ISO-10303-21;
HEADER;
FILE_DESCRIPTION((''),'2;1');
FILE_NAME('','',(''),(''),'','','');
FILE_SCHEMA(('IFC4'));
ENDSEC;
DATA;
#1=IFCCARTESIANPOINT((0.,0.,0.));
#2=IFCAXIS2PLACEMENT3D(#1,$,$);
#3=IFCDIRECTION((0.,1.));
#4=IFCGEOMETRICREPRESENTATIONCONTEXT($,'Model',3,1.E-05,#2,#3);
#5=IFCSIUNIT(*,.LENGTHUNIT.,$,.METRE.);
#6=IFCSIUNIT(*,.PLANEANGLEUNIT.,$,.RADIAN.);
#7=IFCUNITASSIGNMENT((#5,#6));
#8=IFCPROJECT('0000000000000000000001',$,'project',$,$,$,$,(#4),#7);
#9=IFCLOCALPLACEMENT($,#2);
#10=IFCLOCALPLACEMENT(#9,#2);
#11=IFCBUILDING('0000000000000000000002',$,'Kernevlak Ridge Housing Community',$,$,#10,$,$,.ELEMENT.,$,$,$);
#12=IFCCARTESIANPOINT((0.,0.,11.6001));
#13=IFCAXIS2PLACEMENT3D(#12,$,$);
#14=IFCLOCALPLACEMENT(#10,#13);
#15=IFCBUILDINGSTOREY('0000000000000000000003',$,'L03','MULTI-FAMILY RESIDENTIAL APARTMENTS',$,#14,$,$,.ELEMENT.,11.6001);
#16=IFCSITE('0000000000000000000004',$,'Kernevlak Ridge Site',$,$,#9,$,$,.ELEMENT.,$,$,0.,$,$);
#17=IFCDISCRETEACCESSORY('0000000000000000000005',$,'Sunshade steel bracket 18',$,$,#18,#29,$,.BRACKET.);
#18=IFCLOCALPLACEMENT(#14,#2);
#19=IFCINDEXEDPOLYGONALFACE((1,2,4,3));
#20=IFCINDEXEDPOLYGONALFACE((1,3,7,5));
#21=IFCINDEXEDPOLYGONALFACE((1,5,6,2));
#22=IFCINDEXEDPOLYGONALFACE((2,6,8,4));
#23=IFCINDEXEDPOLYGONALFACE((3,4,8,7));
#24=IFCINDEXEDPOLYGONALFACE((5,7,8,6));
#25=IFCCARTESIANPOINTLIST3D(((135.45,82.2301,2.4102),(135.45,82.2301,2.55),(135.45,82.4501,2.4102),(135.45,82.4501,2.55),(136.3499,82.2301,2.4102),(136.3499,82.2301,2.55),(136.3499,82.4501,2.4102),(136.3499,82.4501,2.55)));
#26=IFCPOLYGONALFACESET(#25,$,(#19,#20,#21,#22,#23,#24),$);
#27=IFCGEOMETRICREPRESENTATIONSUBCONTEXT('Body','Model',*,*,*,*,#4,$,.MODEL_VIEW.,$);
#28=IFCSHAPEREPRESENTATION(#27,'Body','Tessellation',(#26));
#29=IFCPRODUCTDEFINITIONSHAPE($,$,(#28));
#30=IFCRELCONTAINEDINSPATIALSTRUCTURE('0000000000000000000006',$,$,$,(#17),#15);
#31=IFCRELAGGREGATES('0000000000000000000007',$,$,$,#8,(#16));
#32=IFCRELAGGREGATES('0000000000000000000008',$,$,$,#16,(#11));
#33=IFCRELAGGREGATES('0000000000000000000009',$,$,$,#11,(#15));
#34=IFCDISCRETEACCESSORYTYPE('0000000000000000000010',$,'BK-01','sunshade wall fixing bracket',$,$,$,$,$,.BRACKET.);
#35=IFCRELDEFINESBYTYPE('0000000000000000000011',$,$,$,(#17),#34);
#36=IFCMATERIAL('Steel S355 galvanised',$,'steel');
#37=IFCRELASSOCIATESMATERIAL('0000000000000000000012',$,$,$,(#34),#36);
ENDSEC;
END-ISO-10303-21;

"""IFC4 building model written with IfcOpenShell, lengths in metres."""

from ifc_helpers import new_model, si_unit, direction, frame, origin, origin_2d, place, context, subcontext, project, spatial, rectangle, extrude, material, type_object, element, save


model = new_model("IFC4")

# Units and contexts
model_context = context("Model", 3, precision=1e-05, world=origin(), true_north=direction((0.0, 1.0)))
body_context = subcontext(model_context, "Body", "Model", "MODEL_VIEW")
ifc_project = project(units=[si_unit("LENGTHUNIT", "METRE"), si_unit("PLANEANGLEUNIT", "RADIAN")], contexts=[model_context])

# Site, building, storey
site_placement = place(None, origin())
site = spatial("IfcSite", under=ifc_project, at=site_placement, Name="Kernevlak Ridge Site", CompositionType="ELEMENT", RefElevation=0.0)
building_placement = place(site_placement, origin())
building = spatial("IfcBuilding", under=site, at=building_placement, Name="Kernevlak Ridge Housing Community", CompositionType="ELEMENT")
storey_placement = place(building_placement, frame((0.0, 0.0, 11.6001)))
storey = spatial("IfcBuildingStorey", under=building, at=storey_placement, Name="L03", Description="MULTI-FAMILY RESIDENTIAL APARTMENTS", CompositionType="ELEMENT", Elevation=11.6001)

# Discrete accessory
ifc_material_1 = material(Name="Steel S355 galvanised", Category="steel")
discrete_accessory_type = type_object("IfcDiscreteAccessoryType", Name="BK-01", Description="sunshade wall fixing bracket", PredefinedType="BRACKET", material=ifc_material_1)
discrete_accessory_placement = place(storey_placement, frame((135.8999, 82.3401, 2.4102), z_axis=(0.0, 0.0, 1.0), x_axis=(1.0, 0.0, 0.0)))
element("IfcDiscreteAccessory", 1, at=discrete_accessory_placement, inside=storey, type_object=discrete_accessory_type, Name="Sunshade steel bracket 18", PredefinedType="BRACKET", context=body_context, shape_type="SweptSolid", body=[
    extrude(rectangle(XDim=0.8999, YDim=0.22, at=origin_2d()), origin(), (0.0, 0.0, 1.0), 0.1399),
])

save(model, "model.ifc")
